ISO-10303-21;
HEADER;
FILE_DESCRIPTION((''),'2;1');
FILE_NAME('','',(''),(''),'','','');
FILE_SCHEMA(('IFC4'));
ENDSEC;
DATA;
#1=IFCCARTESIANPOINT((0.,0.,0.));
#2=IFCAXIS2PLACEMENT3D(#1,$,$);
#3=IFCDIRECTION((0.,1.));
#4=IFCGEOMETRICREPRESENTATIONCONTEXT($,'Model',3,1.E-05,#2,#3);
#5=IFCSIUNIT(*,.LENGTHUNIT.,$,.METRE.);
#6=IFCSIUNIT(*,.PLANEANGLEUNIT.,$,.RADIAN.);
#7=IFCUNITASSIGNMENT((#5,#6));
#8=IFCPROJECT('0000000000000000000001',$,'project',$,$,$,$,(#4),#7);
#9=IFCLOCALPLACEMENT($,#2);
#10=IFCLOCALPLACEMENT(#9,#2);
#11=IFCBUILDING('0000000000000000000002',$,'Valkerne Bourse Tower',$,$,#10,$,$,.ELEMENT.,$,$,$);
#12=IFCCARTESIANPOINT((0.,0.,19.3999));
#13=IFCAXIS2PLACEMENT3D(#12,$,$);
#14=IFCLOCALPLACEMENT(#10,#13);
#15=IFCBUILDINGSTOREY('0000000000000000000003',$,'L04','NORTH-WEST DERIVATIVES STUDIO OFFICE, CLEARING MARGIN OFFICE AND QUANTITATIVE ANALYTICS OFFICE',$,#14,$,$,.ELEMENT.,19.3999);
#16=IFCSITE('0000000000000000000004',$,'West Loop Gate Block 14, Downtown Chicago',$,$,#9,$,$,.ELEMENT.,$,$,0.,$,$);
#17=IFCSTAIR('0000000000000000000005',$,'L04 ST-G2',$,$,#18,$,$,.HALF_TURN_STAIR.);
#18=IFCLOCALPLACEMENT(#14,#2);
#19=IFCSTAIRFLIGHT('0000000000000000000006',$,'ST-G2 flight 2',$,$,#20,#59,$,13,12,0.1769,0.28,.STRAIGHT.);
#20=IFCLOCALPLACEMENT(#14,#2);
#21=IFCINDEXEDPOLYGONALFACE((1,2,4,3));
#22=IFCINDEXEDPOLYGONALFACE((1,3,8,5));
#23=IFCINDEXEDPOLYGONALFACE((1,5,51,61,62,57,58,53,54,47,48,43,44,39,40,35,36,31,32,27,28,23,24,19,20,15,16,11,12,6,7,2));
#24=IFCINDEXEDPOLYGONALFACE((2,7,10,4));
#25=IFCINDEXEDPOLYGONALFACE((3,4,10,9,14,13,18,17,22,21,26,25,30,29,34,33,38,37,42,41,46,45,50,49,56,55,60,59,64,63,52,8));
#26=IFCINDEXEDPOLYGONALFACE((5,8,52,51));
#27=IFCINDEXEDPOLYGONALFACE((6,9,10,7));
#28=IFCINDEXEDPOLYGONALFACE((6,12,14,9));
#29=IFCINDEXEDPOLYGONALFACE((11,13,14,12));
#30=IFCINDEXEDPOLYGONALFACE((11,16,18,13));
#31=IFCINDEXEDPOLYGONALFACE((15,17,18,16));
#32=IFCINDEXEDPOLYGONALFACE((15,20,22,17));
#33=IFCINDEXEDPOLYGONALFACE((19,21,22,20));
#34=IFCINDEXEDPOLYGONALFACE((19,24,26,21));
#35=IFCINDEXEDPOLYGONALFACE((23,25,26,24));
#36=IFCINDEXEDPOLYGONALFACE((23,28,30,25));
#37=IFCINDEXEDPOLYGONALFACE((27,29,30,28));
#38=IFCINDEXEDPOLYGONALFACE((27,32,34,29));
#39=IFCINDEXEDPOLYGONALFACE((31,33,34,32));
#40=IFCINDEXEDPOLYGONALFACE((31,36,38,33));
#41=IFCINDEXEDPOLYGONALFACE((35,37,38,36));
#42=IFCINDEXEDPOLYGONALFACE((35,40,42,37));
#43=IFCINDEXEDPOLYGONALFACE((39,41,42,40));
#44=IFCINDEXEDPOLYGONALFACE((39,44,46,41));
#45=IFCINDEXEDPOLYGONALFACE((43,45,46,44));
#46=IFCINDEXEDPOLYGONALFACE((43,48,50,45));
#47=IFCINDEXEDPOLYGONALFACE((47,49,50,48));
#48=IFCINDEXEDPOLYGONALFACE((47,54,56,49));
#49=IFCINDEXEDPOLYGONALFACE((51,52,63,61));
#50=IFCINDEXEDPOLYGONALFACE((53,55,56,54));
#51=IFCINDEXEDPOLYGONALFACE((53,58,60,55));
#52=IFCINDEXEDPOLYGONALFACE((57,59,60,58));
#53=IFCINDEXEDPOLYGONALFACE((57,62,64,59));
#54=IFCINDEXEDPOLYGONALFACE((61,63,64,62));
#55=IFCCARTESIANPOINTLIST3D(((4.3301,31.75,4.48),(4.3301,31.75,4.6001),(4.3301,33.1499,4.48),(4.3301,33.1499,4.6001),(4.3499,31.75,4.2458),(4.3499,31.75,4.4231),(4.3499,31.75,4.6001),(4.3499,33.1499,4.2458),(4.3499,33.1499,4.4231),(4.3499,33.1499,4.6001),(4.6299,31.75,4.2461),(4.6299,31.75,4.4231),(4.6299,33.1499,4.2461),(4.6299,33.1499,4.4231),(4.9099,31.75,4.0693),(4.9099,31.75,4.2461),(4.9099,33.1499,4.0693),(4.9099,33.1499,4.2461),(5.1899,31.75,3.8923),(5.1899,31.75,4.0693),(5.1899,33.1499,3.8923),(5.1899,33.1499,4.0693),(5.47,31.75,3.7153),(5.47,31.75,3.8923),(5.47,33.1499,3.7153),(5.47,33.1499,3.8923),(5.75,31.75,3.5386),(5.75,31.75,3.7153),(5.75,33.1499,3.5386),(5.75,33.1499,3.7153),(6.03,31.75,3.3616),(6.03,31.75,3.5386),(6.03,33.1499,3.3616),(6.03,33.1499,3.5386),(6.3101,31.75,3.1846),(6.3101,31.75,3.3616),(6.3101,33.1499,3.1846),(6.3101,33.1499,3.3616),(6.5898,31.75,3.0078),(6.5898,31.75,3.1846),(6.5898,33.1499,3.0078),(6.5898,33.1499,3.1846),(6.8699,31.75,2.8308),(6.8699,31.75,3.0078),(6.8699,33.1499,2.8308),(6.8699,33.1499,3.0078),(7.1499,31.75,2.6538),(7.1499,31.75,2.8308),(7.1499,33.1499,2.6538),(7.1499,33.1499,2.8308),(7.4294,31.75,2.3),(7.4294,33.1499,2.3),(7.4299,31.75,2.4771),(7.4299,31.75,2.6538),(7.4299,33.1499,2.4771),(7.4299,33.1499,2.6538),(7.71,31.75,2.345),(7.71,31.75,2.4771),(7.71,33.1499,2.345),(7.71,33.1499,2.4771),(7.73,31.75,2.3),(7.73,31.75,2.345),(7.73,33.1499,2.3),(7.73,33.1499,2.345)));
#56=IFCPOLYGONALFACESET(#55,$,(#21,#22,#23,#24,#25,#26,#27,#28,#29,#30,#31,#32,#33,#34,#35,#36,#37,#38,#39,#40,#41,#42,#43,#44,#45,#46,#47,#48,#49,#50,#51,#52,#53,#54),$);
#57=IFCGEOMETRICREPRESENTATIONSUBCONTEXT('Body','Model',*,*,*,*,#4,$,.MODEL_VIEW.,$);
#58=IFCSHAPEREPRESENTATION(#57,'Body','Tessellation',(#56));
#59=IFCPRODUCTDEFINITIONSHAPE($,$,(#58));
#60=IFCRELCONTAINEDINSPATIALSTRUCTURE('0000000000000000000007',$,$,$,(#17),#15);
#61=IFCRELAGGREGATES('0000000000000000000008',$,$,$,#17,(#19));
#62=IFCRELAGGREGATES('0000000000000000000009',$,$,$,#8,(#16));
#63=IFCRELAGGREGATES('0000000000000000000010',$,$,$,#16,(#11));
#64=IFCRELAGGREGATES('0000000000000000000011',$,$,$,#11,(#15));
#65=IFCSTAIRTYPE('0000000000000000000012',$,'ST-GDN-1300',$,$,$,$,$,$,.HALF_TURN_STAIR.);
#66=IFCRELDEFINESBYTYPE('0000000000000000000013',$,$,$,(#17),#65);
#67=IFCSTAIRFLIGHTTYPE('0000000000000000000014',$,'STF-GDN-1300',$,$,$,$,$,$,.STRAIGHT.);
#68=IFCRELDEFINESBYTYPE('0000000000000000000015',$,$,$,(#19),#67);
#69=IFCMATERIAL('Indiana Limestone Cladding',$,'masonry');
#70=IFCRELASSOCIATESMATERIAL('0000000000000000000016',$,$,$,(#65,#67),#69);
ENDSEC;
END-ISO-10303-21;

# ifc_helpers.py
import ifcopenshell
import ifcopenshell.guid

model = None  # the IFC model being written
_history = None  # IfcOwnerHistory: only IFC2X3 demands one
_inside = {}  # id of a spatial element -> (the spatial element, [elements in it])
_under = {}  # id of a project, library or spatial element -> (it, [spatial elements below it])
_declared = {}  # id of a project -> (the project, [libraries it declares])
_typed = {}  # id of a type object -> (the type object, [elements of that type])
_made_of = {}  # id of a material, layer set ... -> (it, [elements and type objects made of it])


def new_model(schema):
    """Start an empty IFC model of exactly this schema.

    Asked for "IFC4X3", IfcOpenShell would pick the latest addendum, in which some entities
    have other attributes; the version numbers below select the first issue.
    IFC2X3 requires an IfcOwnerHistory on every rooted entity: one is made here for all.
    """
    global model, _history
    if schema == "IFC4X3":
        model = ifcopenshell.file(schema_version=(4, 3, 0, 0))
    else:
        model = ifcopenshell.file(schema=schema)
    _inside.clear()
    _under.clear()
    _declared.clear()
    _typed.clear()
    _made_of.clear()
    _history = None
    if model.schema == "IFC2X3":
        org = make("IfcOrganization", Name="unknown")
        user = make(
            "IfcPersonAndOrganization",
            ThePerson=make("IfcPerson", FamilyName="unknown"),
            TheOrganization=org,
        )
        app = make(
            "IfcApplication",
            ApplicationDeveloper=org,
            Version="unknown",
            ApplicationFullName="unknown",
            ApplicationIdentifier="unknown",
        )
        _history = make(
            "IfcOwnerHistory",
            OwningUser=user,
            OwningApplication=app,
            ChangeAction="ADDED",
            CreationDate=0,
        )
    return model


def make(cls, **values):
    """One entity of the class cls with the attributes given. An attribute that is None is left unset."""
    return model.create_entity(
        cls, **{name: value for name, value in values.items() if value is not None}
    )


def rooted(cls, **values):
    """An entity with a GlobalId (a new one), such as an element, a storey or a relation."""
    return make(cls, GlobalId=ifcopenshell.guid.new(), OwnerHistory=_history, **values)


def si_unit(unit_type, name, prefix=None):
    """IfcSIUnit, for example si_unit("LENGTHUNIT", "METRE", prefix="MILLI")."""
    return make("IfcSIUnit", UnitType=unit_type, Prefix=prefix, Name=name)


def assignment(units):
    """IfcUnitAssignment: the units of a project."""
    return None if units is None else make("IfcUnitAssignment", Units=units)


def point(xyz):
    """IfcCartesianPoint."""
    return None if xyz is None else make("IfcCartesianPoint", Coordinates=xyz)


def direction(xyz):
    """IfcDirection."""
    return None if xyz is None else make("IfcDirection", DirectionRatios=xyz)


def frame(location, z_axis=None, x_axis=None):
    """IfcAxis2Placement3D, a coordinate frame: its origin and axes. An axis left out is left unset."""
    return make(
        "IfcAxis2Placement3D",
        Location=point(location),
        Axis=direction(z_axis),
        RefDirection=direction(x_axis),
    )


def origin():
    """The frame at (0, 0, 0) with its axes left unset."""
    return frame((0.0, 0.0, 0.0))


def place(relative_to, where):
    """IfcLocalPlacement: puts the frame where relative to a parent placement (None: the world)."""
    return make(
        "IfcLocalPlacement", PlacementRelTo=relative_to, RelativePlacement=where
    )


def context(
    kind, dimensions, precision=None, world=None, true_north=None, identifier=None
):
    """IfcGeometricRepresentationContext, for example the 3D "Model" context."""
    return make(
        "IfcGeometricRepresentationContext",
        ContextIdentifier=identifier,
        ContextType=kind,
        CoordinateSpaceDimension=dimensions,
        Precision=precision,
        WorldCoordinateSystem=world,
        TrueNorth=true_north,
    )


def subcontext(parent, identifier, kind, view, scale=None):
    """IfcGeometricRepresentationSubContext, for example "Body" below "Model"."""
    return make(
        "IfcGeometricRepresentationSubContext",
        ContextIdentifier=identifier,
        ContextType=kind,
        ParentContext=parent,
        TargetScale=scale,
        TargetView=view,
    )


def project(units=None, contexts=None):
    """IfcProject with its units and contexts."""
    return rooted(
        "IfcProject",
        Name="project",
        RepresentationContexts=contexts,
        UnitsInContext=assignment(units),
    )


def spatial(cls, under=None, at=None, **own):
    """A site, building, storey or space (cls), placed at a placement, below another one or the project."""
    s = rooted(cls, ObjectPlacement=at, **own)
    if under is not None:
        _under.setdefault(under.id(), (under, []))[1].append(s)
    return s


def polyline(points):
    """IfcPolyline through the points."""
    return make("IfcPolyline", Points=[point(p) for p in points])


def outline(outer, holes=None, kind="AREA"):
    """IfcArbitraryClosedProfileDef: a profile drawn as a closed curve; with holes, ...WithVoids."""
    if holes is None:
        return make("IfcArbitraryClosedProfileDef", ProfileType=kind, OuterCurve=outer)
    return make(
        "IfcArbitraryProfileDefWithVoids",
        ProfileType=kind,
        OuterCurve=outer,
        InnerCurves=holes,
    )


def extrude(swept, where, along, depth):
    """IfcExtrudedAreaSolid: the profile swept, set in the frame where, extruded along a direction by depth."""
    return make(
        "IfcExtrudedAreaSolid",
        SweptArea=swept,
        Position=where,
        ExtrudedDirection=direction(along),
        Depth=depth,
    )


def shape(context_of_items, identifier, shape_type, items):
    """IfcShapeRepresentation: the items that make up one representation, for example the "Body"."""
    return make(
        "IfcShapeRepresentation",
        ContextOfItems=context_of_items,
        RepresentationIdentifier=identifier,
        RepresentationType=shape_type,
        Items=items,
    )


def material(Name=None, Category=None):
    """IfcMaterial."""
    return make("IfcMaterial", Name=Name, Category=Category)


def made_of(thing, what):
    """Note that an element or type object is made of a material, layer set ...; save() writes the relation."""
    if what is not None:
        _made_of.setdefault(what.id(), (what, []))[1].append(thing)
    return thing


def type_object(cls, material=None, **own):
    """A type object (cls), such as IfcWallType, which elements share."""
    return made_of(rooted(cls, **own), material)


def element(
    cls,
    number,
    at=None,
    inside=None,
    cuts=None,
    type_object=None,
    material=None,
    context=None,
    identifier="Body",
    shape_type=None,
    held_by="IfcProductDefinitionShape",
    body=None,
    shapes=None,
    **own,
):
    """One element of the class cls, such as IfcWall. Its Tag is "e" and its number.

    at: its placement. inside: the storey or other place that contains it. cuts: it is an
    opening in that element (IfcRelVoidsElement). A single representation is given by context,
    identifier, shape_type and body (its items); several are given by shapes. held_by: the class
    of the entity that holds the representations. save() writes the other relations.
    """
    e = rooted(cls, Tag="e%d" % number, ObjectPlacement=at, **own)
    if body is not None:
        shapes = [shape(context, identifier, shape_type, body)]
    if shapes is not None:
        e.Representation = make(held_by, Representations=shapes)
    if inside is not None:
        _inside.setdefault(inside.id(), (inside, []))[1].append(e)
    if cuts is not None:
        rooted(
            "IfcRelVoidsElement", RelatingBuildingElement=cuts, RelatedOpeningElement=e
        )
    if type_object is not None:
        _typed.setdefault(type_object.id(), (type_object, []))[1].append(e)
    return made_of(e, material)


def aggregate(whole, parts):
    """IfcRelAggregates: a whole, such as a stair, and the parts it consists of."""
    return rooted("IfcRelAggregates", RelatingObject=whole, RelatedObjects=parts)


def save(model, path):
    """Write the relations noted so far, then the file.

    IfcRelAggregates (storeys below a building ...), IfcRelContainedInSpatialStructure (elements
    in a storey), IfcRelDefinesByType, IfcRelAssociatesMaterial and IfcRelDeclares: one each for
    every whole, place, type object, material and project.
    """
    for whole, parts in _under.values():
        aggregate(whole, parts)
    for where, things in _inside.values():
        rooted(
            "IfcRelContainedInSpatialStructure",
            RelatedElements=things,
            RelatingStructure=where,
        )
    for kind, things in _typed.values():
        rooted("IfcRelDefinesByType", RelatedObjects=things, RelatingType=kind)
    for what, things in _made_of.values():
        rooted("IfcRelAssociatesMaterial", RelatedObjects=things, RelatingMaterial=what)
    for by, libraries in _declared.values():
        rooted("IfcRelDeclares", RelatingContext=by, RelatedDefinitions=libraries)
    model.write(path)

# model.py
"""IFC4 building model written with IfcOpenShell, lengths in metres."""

from ifc_helpers import new_model, si_unit, direction, frame, origin, place, context, subcontext, project, spatial, polyline, outline, extrude, material, type_object, element, aggregate, save


model = new_model("IFC4")

# Units and contexts
model_context = context("Model", 3, precision=1e-05, world=origin(), true_north=direction((0.0, 1.0)))
body_context = subcontext(model_context, "Body", "Model", "MODEL_VIEW")
ifc_project = project(units=[si_unit("LENGTHUNIT", "METRE"), si_unit("PLANEANGLEUNIT", "RADIAN")], contexts=[model_context])

# Site, building, storey
site_placement = place(None, origin())
site = spatial("IfcSite", under=ifc_project, at=site_placement, Name="West Loop Gate Block 14, Downtown Chicago", CompositionType="ELEMENT", RefElevation=0.0)
building_placement = place(site_placement, origin())
building = spatial("IfcBuilding", under=site, at=building_placement, Name="Valkerne Bourse Tower", CompositionType="ELEMENT")
storey_placement = place(building_placement, frame((0.0, 0.0, 19.3999)))
storey = spatial("IfcBuildingStorey", under=building, at=storey_placement, Name="L04", Description="NORTH-WEST DERIVATIVES STUDIO OFFICE, CLEARING MARGIN OFFICE AND QUANTITATIVE ANALYTICS OFFICE", CompositionType="ELEMENT", Elevation=19.3999)

# Stair, stair flight
ifc_material_1 = material(Name="Indiana Limestone Cladding", Category="masonry")
stair_type = type_object("IfcStairType", Name="ST-GDN-1300", PredefinedType="HALF_TURN_STAIR", material=ifc_material_1)
stair_placement = place(storey_placement, origin())
stair = element("IfcStair", 1, at=stair_placement, inside=storey, type_object=stair_type, Name="L04 ST-G2", PredefinedType="HALF_TURN_STAIR")
stair_flight_type = type_object("IfcStairFlightType", Name="STF-GDN-1300", PredefinedType="STRAIGHT", material=ifc_material_1)
stair_flight_1_placement = place(storey_placement, frame((7.71, 32.45, 2.3), z_axis=(0.0, 0.0, 1.0), x_axis=(-1.0, 0.0, 0.0)))
stair_flight_1 = element("IfcStairFlight", 2, at=stair_flight_1_placement, type_object=stair_flight_type, Name="ST-G2 flight 2", NumberOfRisers=13, NumberOfTreads=12, PredefinedType="STRAIGHT", RiserHeight=0.1769, TreadLength=0.28, context=body_context, shape_type="SweptSolid", body=[
    extrude(outline(polyline([(-0.02, 0.0), (-0.02, 0.0449), (0.0, 0.0449), (0.0, 0.177), (0.28, 0.177), (0.28, 0.3538), (0.5601, 0.3538), (0.5601, 0.5308), (0.8401, 0.5308), (0.8401, 0.7078), (1.1201, 0.7078), (1.1201, 0.8845), (1.3999, 0.8845), (1.3999, 1.0615), (1.6799, 1.0615), (1.6799, 1.2385), (1.96, 1.2385), (1.96, 1.4153), (2.24, 1.4153), (2.24, 1.5923), (2.52, 1.5923), (2.52, 1.7693), (2.8, 1.7693), (2.8, 1.946), (3.0801, 1.946), (3.0801, 2.123), (3.3601, 2.123), (3.3601, 2.3), (3.3799, 2.3), (3.3799, 2.1799), (3.3601, 1.9458), (0.2805, 0.0), (-0.02, 0.0)])), frame((0.0, 0.7, 0.0), z_axis=(0.0, -1.0, 0.0), x_axis=(1.0, 0.0, 0.0)), (0.0, 0.0, 1.0), 1.3999),
])
aggregate(stair, [stair_flight_1])

save(model, "model.ifc")
